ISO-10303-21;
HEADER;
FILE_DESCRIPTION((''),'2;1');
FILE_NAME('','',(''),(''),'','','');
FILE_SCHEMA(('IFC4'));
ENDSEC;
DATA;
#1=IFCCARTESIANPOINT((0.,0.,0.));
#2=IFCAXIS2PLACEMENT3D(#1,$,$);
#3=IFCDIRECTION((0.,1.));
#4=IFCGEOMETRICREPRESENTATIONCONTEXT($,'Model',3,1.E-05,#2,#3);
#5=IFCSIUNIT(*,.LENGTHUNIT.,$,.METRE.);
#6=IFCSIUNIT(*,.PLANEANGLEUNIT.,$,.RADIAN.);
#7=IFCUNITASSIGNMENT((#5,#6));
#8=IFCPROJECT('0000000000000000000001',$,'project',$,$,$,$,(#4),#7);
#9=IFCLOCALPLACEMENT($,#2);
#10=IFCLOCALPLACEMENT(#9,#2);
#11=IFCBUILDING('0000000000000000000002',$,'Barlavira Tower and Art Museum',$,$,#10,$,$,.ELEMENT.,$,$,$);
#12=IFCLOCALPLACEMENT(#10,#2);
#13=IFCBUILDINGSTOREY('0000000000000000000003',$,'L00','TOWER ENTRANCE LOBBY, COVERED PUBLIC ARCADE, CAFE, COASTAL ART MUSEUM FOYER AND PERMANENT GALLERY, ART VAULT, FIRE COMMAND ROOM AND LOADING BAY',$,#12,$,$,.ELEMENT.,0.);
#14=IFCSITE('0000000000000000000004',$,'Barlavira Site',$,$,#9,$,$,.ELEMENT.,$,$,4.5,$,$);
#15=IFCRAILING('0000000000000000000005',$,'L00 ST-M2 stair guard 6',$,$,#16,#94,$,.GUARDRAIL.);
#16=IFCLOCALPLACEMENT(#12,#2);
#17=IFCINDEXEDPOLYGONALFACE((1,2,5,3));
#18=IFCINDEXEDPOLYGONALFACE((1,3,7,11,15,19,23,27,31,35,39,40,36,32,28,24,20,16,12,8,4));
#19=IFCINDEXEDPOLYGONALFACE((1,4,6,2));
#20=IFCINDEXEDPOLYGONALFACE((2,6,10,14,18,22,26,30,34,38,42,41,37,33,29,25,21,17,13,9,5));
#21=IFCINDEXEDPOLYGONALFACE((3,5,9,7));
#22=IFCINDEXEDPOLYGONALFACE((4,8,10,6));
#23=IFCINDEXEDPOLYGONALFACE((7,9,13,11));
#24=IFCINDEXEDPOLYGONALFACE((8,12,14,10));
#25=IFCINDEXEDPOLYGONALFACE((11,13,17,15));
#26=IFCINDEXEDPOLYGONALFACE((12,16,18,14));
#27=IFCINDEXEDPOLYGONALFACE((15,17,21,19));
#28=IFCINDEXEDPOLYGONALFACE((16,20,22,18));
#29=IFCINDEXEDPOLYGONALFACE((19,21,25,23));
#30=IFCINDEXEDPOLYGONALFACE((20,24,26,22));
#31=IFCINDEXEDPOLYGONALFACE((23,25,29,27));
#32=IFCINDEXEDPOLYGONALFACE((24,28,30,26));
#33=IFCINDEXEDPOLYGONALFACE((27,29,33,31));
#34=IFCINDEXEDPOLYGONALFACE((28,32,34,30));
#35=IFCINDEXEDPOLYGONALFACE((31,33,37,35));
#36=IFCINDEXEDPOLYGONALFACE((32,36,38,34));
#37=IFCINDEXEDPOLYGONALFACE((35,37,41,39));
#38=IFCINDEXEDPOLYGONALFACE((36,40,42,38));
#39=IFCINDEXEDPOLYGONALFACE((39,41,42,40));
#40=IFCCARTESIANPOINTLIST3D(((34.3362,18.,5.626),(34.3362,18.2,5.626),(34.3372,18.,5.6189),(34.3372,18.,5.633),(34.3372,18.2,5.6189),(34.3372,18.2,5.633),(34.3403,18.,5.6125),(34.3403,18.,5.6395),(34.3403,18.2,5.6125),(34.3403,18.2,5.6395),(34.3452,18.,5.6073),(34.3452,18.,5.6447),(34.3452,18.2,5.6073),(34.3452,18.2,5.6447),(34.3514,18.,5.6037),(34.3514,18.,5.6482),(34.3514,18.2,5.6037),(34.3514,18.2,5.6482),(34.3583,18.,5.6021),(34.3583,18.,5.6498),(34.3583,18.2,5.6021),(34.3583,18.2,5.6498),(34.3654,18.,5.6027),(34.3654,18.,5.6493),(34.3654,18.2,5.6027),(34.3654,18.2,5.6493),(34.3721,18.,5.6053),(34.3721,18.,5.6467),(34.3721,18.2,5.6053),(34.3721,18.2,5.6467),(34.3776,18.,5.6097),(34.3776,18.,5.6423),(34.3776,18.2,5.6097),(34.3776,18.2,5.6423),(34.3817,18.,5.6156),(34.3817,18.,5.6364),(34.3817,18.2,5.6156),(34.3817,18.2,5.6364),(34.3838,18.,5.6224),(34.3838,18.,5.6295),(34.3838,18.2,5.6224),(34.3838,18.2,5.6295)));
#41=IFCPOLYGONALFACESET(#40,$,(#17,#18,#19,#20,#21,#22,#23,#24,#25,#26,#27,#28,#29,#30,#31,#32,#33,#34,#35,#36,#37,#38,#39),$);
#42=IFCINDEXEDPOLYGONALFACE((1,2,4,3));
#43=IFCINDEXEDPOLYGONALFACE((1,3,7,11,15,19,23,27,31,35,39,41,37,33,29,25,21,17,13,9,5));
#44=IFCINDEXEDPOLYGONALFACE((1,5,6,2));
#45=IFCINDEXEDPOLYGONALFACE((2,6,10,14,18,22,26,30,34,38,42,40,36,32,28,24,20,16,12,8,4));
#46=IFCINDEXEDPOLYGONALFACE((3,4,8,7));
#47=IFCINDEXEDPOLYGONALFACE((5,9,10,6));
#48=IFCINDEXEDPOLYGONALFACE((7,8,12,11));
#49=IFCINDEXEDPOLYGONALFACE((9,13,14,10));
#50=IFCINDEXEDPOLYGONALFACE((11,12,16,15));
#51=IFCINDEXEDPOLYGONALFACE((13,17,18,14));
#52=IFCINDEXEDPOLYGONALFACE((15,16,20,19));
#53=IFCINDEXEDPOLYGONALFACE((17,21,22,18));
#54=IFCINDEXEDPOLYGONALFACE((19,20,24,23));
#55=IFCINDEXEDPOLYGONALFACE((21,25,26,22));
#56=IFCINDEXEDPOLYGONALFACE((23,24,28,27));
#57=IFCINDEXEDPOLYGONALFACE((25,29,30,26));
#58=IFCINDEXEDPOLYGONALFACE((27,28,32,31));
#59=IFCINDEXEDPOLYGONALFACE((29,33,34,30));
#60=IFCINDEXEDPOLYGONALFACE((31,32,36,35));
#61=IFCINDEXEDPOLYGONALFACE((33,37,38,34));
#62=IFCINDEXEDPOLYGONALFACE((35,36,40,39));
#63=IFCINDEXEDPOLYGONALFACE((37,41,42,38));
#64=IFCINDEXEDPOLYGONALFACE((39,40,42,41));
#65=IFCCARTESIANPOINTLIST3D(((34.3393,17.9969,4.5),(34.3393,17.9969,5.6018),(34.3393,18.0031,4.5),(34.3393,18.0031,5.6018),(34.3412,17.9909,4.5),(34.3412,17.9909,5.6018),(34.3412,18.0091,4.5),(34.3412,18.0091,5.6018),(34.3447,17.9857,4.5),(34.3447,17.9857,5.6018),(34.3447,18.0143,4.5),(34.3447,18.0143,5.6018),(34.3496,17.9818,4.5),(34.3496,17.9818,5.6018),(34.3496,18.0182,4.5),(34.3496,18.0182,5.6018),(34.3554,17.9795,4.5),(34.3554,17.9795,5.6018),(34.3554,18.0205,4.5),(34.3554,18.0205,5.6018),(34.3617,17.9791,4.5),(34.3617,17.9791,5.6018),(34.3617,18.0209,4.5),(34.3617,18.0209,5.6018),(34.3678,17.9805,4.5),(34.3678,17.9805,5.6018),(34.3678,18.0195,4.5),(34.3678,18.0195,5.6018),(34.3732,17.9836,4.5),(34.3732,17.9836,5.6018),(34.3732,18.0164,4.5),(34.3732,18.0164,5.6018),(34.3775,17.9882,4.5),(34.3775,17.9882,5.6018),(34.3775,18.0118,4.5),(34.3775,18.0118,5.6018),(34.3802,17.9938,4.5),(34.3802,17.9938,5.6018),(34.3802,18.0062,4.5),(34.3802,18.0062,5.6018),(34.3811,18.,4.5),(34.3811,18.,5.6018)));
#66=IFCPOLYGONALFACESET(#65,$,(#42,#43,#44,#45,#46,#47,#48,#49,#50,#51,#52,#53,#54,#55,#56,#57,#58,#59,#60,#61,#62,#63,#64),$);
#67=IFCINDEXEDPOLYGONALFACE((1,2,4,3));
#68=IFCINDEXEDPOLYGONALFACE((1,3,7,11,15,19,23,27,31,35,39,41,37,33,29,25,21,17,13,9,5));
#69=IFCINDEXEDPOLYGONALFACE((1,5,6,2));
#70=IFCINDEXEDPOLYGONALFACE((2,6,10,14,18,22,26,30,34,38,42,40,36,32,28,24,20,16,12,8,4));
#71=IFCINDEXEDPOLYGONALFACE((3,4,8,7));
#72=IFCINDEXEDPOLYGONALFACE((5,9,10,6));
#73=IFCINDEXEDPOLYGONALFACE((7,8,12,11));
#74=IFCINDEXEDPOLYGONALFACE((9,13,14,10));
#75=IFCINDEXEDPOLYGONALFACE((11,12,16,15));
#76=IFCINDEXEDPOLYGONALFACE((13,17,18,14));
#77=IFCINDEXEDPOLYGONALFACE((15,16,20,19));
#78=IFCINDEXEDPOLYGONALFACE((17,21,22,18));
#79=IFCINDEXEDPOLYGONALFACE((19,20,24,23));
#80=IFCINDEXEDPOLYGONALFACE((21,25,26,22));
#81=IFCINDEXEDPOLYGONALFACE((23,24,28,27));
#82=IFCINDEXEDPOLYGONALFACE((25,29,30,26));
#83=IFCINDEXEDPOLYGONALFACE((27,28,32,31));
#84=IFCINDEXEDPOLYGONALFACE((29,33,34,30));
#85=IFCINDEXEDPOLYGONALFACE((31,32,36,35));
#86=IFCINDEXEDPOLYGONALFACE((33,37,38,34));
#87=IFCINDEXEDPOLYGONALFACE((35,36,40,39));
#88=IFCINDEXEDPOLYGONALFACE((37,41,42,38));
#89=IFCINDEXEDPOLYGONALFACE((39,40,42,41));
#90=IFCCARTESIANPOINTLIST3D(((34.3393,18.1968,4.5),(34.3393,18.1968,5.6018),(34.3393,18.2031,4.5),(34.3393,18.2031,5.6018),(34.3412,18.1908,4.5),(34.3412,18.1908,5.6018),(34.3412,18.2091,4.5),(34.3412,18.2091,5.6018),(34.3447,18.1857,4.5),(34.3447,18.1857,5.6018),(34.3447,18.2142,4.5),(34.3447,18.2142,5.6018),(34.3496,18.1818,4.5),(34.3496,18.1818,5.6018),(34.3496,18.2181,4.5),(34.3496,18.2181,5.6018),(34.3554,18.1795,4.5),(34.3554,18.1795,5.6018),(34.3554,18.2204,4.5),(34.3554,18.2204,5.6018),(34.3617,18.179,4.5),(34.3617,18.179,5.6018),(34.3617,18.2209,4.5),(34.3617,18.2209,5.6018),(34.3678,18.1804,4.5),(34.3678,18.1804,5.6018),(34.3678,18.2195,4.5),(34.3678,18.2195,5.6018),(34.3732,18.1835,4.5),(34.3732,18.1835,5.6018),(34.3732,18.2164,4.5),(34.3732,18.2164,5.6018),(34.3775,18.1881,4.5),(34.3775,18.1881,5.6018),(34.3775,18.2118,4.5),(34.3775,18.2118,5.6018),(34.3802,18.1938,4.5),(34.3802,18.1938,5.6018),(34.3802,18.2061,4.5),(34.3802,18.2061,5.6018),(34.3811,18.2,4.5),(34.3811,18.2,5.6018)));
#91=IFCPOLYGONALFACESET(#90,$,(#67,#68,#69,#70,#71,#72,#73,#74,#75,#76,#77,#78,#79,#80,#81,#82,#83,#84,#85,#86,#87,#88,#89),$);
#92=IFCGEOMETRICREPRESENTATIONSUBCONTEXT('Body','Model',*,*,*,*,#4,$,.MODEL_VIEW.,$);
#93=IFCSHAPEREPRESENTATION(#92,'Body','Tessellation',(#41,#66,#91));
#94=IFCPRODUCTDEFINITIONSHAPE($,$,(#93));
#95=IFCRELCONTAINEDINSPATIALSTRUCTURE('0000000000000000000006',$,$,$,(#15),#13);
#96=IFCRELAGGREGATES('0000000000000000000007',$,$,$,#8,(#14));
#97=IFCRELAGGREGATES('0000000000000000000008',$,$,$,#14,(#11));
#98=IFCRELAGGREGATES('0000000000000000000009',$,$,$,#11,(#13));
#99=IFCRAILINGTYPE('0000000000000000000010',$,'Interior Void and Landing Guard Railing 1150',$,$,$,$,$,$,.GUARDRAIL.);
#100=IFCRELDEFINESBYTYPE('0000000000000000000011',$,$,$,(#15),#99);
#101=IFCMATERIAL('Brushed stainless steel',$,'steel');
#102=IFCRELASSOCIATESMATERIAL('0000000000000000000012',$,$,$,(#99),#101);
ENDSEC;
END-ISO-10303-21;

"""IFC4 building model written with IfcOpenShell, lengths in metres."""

from ifc_helpers import new_model, si_unit, direction, frame, origin, origin_2d, place, context, subcontext, project, spatial, circle, extrude, material, type_object, element, save


model = new_model("IFC4")

# Units and contexts
model_context = context("Model", 3, precision=1e-05, world=origin(), true_north=direction((0.0, 1.0)))
body_context = subcontext(model_context, "Body", "Model", "MODEL_VIEW")
ifc_project = project(units=[si_unit("LENGTHUNIT", "METRE"), si_unit("PLANEANGLEUNIT", "RADIAN")], contexts=[model_context])

# Site, building, storey
site_placement = place(None, origin())
site = spatial("IfcSite", under=ifc_project, at=site_placement, Name="Barlavira Site", CompositionType="ELEMENT", RefElevation=4.5)
building_placement = place(site_placement, origin())
building = spatial("IfcBuilding", under=site, at=building_placement, Name="Barlavira Tower and Art Museum", CompositionType="ELEMENT")
storey_placement = place(building_placement, origin())
storey = spatial("IfcBuildingStorey", under=building, at=storey_placement, Name="L00", Description="TOWER ENTRANCE LOBBY, COVERED PUBLIC ARCADE, CAFE, COASTAL ART MUSEUM FOYER AND PERMANENT GALLERY, ART VAULT, FIRE COMMAND ROOM AND LOADING BAY", CompositionType="ELEMENT", Elevation=0.0)

# Shared definitions
ifc_material_1 = material(Name="Brushed stainless steel", Category="steel")

# Railing
railing_type_1 = type_object("IfcRailingType", Name="Interior Void and Landing Guard Railing 1150", PredefinedType="GUARDRAIL", material=ifc_material_1)
railing_1_placement = place(storey_placement, frame((34.3601, 18.0, 4.5)))
element("IfcRailing", 1, at=railing_1_placement, inside=storey, type_object=railing_type_1, Name="L00 ST-M2 stair guard 6", PredefinedType="GUARDRAIL", context=body_context, shape_type="SweptSolid", body=[
    extrude(circle(Radius=0.0239, at=origin_2d()), frame((0.0, 0.0, 1.126), z_axis=(0.0, 1.0, 0.0), x_axis=(-1.0, 0.0, 0.0)), (0.0, 0.0, 1.0), 0.2),
    extrude(circle(Radius=0.021, at=origin_2d()), origin(), (0.0, 0.0, 1.0), 1.1018),
    extrude(circle(Radius=0.021, at=origin_2d()), frame((0.0, 0.2, 0.0)), (0.0, 0.0, 1.0), 1.1018),
])

save(model, "model.ifc")
